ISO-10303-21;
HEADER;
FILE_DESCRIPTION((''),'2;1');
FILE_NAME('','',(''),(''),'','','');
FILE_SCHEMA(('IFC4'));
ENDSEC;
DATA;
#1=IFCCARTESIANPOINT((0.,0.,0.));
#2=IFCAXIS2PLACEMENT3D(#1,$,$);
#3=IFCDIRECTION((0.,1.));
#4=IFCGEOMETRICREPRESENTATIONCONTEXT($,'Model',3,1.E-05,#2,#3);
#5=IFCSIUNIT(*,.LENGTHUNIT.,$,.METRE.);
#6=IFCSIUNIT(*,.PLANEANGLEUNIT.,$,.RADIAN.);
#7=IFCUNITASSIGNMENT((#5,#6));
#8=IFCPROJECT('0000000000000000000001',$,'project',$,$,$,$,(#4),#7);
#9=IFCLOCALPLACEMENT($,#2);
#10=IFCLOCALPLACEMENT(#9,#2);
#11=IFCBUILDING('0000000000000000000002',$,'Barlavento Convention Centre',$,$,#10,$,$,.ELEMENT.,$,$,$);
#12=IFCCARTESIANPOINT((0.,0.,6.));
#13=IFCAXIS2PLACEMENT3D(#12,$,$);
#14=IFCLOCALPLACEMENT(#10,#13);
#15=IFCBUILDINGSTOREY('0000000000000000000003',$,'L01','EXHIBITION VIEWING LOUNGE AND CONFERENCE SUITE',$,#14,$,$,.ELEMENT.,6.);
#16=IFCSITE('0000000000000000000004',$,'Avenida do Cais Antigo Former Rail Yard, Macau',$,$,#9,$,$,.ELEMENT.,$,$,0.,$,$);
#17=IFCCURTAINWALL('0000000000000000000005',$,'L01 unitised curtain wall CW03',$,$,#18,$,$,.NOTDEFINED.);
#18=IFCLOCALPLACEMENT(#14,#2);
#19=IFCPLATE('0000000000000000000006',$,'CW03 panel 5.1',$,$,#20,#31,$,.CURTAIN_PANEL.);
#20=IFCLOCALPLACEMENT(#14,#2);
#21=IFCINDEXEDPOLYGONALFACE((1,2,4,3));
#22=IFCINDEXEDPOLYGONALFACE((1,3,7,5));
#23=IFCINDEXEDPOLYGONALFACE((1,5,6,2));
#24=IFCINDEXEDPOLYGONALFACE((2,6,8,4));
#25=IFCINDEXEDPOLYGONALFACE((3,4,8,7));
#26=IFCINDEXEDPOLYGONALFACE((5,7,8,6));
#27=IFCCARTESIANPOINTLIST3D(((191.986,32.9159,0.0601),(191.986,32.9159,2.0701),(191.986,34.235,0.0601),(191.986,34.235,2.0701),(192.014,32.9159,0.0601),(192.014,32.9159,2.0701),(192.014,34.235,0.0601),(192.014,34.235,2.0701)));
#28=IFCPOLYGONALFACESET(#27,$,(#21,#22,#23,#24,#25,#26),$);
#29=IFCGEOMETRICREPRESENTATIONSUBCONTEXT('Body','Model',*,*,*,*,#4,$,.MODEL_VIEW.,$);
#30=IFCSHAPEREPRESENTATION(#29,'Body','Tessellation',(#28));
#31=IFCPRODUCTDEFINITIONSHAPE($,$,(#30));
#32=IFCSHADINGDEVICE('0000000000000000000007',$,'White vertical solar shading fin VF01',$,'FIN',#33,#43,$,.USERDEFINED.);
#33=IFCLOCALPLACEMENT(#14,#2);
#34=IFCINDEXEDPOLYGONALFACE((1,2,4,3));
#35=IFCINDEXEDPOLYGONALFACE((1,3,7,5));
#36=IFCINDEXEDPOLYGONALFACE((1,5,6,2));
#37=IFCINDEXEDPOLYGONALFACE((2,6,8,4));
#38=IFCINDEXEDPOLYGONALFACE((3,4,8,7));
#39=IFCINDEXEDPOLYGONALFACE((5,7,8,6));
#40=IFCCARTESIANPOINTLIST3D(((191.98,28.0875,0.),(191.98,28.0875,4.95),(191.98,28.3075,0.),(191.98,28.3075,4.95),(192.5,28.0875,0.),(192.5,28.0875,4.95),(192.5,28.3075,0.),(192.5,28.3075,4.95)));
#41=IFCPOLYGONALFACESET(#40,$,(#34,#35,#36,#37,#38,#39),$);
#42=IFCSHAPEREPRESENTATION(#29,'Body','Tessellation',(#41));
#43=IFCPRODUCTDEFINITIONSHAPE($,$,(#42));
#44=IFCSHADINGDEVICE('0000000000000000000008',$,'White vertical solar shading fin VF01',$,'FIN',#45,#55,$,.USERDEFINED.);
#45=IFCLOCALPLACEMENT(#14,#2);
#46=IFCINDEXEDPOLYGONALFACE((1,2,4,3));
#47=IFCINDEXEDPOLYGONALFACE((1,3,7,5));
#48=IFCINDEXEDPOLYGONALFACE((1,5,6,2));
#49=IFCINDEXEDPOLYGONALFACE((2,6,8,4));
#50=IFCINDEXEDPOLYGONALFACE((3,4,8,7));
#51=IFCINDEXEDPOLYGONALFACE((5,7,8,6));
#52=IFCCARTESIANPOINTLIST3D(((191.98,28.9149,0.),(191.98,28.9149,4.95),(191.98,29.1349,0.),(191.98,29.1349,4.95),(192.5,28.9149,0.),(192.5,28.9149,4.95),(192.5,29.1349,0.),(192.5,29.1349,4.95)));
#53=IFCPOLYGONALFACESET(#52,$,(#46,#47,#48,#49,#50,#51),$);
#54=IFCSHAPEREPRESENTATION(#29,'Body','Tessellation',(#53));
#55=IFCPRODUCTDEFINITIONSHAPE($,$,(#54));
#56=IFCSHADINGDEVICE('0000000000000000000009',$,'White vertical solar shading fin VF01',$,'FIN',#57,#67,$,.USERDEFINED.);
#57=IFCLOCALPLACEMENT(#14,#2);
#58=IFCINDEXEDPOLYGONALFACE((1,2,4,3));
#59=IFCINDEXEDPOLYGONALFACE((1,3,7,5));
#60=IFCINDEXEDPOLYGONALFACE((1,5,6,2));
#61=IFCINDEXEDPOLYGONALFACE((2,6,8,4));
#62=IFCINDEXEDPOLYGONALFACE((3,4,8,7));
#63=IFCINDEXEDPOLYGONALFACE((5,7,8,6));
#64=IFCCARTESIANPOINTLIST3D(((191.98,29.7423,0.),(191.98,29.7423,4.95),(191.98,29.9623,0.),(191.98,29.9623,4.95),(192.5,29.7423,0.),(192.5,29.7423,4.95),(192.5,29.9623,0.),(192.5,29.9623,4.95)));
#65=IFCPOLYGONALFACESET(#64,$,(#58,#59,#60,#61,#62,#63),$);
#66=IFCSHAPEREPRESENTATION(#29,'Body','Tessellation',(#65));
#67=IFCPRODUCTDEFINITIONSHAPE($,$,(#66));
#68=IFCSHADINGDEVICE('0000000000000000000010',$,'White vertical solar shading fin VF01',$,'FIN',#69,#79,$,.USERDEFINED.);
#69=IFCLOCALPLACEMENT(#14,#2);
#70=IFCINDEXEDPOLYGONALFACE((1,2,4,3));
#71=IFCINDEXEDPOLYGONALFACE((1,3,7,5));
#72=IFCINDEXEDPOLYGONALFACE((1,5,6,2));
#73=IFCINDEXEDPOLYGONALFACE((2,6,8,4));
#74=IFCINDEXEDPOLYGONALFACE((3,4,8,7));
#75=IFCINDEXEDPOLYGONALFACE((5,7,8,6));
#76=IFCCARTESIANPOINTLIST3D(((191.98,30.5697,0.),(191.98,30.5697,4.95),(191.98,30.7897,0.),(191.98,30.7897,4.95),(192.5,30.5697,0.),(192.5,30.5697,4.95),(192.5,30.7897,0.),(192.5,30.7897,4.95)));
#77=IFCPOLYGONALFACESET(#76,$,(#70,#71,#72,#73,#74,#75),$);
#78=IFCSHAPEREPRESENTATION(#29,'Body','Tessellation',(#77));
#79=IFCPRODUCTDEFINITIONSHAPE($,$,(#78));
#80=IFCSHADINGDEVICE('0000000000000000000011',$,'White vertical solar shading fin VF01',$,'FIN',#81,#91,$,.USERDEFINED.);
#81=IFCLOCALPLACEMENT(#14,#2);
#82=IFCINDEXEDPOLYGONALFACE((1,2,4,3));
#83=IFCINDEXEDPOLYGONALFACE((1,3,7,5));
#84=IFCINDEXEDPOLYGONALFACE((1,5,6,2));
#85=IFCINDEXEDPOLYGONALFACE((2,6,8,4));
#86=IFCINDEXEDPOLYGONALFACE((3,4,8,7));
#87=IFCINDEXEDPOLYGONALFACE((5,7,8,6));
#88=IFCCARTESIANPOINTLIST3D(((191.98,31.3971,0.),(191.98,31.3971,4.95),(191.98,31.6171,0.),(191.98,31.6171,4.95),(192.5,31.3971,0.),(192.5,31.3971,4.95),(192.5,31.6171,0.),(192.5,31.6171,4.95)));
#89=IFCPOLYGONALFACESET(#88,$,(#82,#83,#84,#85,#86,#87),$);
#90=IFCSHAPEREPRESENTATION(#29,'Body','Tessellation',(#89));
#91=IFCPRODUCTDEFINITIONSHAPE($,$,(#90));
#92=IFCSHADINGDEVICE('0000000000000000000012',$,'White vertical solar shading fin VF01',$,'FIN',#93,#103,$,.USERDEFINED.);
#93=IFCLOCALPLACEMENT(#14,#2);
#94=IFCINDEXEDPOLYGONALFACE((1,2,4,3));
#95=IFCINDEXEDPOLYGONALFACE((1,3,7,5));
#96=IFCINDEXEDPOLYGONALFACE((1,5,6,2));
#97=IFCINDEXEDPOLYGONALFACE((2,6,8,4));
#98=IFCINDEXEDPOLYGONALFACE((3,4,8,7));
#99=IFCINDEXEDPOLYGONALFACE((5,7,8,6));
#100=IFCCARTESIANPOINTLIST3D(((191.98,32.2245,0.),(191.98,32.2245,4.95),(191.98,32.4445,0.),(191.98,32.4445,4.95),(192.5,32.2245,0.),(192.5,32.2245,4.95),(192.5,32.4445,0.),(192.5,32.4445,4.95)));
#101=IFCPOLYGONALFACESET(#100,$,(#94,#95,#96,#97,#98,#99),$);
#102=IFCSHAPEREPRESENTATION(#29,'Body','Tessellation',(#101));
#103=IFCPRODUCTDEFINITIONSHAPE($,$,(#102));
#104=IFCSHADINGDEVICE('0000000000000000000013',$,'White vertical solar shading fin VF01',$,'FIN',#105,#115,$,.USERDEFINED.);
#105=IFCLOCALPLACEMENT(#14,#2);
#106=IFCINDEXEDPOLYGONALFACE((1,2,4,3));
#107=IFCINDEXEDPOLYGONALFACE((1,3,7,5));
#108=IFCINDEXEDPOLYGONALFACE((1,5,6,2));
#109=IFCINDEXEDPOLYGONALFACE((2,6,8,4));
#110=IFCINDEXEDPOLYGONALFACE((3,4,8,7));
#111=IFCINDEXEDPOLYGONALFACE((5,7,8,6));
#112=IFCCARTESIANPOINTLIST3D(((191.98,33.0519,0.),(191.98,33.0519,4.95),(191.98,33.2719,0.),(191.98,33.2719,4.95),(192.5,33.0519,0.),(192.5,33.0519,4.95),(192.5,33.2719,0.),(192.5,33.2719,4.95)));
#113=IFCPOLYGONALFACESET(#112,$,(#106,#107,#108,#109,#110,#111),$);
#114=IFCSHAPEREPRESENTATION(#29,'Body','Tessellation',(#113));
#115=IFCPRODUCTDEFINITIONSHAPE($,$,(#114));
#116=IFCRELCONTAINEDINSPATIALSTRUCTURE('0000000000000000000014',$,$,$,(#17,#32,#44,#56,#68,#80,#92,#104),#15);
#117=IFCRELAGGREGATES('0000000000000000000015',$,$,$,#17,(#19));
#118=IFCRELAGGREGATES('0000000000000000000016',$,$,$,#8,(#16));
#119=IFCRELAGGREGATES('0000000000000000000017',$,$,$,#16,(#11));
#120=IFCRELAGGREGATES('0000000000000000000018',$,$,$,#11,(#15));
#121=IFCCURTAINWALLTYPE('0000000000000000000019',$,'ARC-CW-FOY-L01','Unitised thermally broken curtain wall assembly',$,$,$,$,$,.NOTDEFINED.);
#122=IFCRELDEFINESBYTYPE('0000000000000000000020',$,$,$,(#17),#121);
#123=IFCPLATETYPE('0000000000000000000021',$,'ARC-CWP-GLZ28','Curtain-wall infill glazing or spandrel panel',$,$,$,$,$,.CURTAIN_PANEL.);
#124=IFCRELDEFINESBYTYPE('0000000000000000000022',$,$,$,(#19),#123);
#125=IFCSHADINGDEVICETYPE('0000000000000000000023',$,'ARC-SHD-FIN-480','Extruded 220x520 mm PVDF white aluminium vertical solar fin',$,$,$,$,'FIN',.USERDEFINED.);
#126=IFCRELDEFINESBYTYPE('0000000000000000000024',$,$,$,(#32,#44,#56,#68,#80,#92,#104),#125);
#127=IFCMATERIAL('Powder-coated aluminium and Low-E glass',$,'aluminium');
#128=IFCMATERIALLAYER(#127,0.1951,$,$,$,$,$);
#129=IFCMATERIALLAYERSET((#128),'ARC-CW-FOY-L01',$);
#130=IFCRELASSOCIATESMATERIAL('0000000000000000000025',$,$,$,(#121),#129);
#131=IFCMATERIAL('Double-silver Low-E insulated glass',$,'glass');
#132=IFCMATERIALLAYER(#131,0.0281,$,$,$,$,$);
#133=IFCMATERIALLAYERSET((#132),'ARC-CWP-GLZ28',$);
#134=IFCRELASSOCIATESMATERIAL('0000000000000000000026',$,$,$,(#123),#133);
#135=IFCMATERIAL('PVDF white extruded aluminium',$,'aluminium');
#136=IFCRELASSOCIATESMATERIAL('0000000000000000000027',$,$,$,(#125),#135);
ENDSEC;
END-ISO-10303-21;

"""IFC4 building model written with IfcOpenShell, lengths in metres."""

from ifc_helpers import new_model, si_unit, direction, frame, origin, origin_2d, place, context, subcontext, project, spatial, rectangle, extrude, material, layer, layer_set, type_object, element, aggregate, save


model = new_model("IFC4")

# Units and contexts
model_context = context("Model", 3, precision=1e-05, world=origin(), true_north=direction((0.0, 1.0)))
body_context = subcontext(model_context, "Body", "Model", "MODEL_VIEW")
ifc_project = project(units=[si_unit("LENGTHUNIT", "METRE"), si_unit("PLANEANGLEUNIT", "RADIAN")], contexts=[model_context])

# Site, building, storey
site_placement = place(None, origin())
site = spatial("IfcSite", under=ifc_project, at=site_placement, Name="Avenida do Cais Antigo Former Rail Yard, Macau", CompositionType="ELEMENT", RefElevation=0.0)
building_placement = place(site_placement, origin())
building = spatial("IfcBuilding", under=site, at=building_placement, Name="Barlavento Convention Centre", CompositionType="ELEMENT")
storey_placement = place(building_placement, frame((0.0, 0.0, 6.0)))
storey = spatial("IfcBuildingStorey", under=building, at=storey_placement, Name="L01", Description="EXHIBITION VIEWING LOUNGE AND CONFERENCE SUITE", CompositionType="ELEMENT", Elevation=6.0)

# Curtain wall, plate
ifc_material_1 = material(Name="Powder-coated aluminium and Low-E glass", Category="aluminium")
ifc_layer_1 = layer(ifc_material_1, 0.1951)
ifc_layer_set_1 = layer_set([ifc_layer_1], Name="ARC-CW-FOY-L01")
curtain_wall_type = type_object("IfcCurtainWallType", Name="ARC-CW-FOY-L01", Description="Unitised thermally broken curtain wall assembly", PredefinedType="NOTDEFINED", material=ifc_layer_set_1)
curtain_wall_placement = place(storey_placement, origin())
curtain_wall = element("IfcCurtainWall", 1, at=curtain_wall_placement, inside=storey, type_object=curtain_wall_type, Name="L01 unitised curtain wall CW03", PredefinedType="NOTDEFINED")
ifc_material_2 = material(Name="Double-silver Low-E insulated glass", Category="glass")
ifc_layer_2 = layer(ifc_material_2, 0.0281)
ifc_layer_set_2 = layer_set([ifc_layer_2], Name="ARC-CWP-GLZ28")
plate_type = type_object("IfcPlateType", Name="ARC-CWP-GLZ28", Description="Curtain-wall infill glazing or spandrel panel", PredefinedType="CURTAIN_PANEL", material=ifc_layer_set_2)
plate_1_placement = place(storey_placement, frame((192.0, 33.5754, 0.0601), z_axis=(0.0, 0.0, 1.0), x_axis=(0.0, 1.0, 0.0)))
plate_1 = element("IfcPlate", 2, at=plate_1_placement, type_object=plate_type, Name="CW03 panel 5.1", PredefinedType="CURTAIN_PANEL", context=body_context, shape_type="SweptSolid", body=[
    extrude(rectangle(XDim=1.3191, YDim=0.0281, at=origin_2d()), origin(), (0.0, 0.0, 1.0), 2.01),
])
aggregate(curtain_wall, [plate_1])

# Shading devices
ifc_material_3 = material(Name="PVDF white extruded aluminium", Category="aluminium")
shading_device_type = type_object("IfcShadingDeviceType", Name="ARC-SHD-FIN-480", Description="Extruded 220x520 mm PVDF white aluminium vertical solar fin", ElementType="FIN", PredefinedType="USERDEFINED", material=ifc_material_3)
for number, where, z_axis, x_axis, name in (
    (3, (192.24, 28.1975, 0.0), (0.0, 0.0, 1.0), (0.0, 1.0, 0.0), "White vertical solar shading fin VF01"),
    (4, (192.24, 29.0249, 0.0), (0.0, 0.0, 1.0), (0.0, 1.0, 0.0), "White vertical solar shading fin VF01"),
    (5, (192.24, 29.8523, 0.0), (0.0, 0.0, 1.0), (0.0, 1.0, 0.0), "White vertical solar shading fin VF01"),
    (6, (192.24, 30.6797, 0.0), (0.0, 0.0, 1.0), (0.0, 1.0, 0.0), "White vertical solar shading fin VF01"),
    (7, (192.24, 31.5071, 0.0), (0.0, 0.0, 1.0), (0.0, 1.0, 0.0), "White vertical solar shading fin VF01"),
    (8, (192.24, 32.3345, 0.0), (0.0, 0.0, 1.0), (0.0, 1.0, 0.0), "White vertical solar shading fin VF01"),
    (9, (192.24, 33.1619, 0.0), (0.0, 0.0, 1.0), (0.0, 1.0, 0.0), "White vertical solar shading fin VF01"),
):
    element("IfcShadingDevice", number, at=place(storey_placement, frame(where, z_axis=z_axis, x_axis=x_axis)), inside=storey, type_object=shading_device_type, Name=name, ObjectType="FIN", PredefinedType="USERDEFINED", context=body_context, shape_type="SweptSolid", body=[
        extrude(rectangle(XDim=0.22, YDim=0.52, at=origin_2d()), origin(), (0.0, 0.0, 1.0), 4.95),
    ])

save(model, "model.ifc")
